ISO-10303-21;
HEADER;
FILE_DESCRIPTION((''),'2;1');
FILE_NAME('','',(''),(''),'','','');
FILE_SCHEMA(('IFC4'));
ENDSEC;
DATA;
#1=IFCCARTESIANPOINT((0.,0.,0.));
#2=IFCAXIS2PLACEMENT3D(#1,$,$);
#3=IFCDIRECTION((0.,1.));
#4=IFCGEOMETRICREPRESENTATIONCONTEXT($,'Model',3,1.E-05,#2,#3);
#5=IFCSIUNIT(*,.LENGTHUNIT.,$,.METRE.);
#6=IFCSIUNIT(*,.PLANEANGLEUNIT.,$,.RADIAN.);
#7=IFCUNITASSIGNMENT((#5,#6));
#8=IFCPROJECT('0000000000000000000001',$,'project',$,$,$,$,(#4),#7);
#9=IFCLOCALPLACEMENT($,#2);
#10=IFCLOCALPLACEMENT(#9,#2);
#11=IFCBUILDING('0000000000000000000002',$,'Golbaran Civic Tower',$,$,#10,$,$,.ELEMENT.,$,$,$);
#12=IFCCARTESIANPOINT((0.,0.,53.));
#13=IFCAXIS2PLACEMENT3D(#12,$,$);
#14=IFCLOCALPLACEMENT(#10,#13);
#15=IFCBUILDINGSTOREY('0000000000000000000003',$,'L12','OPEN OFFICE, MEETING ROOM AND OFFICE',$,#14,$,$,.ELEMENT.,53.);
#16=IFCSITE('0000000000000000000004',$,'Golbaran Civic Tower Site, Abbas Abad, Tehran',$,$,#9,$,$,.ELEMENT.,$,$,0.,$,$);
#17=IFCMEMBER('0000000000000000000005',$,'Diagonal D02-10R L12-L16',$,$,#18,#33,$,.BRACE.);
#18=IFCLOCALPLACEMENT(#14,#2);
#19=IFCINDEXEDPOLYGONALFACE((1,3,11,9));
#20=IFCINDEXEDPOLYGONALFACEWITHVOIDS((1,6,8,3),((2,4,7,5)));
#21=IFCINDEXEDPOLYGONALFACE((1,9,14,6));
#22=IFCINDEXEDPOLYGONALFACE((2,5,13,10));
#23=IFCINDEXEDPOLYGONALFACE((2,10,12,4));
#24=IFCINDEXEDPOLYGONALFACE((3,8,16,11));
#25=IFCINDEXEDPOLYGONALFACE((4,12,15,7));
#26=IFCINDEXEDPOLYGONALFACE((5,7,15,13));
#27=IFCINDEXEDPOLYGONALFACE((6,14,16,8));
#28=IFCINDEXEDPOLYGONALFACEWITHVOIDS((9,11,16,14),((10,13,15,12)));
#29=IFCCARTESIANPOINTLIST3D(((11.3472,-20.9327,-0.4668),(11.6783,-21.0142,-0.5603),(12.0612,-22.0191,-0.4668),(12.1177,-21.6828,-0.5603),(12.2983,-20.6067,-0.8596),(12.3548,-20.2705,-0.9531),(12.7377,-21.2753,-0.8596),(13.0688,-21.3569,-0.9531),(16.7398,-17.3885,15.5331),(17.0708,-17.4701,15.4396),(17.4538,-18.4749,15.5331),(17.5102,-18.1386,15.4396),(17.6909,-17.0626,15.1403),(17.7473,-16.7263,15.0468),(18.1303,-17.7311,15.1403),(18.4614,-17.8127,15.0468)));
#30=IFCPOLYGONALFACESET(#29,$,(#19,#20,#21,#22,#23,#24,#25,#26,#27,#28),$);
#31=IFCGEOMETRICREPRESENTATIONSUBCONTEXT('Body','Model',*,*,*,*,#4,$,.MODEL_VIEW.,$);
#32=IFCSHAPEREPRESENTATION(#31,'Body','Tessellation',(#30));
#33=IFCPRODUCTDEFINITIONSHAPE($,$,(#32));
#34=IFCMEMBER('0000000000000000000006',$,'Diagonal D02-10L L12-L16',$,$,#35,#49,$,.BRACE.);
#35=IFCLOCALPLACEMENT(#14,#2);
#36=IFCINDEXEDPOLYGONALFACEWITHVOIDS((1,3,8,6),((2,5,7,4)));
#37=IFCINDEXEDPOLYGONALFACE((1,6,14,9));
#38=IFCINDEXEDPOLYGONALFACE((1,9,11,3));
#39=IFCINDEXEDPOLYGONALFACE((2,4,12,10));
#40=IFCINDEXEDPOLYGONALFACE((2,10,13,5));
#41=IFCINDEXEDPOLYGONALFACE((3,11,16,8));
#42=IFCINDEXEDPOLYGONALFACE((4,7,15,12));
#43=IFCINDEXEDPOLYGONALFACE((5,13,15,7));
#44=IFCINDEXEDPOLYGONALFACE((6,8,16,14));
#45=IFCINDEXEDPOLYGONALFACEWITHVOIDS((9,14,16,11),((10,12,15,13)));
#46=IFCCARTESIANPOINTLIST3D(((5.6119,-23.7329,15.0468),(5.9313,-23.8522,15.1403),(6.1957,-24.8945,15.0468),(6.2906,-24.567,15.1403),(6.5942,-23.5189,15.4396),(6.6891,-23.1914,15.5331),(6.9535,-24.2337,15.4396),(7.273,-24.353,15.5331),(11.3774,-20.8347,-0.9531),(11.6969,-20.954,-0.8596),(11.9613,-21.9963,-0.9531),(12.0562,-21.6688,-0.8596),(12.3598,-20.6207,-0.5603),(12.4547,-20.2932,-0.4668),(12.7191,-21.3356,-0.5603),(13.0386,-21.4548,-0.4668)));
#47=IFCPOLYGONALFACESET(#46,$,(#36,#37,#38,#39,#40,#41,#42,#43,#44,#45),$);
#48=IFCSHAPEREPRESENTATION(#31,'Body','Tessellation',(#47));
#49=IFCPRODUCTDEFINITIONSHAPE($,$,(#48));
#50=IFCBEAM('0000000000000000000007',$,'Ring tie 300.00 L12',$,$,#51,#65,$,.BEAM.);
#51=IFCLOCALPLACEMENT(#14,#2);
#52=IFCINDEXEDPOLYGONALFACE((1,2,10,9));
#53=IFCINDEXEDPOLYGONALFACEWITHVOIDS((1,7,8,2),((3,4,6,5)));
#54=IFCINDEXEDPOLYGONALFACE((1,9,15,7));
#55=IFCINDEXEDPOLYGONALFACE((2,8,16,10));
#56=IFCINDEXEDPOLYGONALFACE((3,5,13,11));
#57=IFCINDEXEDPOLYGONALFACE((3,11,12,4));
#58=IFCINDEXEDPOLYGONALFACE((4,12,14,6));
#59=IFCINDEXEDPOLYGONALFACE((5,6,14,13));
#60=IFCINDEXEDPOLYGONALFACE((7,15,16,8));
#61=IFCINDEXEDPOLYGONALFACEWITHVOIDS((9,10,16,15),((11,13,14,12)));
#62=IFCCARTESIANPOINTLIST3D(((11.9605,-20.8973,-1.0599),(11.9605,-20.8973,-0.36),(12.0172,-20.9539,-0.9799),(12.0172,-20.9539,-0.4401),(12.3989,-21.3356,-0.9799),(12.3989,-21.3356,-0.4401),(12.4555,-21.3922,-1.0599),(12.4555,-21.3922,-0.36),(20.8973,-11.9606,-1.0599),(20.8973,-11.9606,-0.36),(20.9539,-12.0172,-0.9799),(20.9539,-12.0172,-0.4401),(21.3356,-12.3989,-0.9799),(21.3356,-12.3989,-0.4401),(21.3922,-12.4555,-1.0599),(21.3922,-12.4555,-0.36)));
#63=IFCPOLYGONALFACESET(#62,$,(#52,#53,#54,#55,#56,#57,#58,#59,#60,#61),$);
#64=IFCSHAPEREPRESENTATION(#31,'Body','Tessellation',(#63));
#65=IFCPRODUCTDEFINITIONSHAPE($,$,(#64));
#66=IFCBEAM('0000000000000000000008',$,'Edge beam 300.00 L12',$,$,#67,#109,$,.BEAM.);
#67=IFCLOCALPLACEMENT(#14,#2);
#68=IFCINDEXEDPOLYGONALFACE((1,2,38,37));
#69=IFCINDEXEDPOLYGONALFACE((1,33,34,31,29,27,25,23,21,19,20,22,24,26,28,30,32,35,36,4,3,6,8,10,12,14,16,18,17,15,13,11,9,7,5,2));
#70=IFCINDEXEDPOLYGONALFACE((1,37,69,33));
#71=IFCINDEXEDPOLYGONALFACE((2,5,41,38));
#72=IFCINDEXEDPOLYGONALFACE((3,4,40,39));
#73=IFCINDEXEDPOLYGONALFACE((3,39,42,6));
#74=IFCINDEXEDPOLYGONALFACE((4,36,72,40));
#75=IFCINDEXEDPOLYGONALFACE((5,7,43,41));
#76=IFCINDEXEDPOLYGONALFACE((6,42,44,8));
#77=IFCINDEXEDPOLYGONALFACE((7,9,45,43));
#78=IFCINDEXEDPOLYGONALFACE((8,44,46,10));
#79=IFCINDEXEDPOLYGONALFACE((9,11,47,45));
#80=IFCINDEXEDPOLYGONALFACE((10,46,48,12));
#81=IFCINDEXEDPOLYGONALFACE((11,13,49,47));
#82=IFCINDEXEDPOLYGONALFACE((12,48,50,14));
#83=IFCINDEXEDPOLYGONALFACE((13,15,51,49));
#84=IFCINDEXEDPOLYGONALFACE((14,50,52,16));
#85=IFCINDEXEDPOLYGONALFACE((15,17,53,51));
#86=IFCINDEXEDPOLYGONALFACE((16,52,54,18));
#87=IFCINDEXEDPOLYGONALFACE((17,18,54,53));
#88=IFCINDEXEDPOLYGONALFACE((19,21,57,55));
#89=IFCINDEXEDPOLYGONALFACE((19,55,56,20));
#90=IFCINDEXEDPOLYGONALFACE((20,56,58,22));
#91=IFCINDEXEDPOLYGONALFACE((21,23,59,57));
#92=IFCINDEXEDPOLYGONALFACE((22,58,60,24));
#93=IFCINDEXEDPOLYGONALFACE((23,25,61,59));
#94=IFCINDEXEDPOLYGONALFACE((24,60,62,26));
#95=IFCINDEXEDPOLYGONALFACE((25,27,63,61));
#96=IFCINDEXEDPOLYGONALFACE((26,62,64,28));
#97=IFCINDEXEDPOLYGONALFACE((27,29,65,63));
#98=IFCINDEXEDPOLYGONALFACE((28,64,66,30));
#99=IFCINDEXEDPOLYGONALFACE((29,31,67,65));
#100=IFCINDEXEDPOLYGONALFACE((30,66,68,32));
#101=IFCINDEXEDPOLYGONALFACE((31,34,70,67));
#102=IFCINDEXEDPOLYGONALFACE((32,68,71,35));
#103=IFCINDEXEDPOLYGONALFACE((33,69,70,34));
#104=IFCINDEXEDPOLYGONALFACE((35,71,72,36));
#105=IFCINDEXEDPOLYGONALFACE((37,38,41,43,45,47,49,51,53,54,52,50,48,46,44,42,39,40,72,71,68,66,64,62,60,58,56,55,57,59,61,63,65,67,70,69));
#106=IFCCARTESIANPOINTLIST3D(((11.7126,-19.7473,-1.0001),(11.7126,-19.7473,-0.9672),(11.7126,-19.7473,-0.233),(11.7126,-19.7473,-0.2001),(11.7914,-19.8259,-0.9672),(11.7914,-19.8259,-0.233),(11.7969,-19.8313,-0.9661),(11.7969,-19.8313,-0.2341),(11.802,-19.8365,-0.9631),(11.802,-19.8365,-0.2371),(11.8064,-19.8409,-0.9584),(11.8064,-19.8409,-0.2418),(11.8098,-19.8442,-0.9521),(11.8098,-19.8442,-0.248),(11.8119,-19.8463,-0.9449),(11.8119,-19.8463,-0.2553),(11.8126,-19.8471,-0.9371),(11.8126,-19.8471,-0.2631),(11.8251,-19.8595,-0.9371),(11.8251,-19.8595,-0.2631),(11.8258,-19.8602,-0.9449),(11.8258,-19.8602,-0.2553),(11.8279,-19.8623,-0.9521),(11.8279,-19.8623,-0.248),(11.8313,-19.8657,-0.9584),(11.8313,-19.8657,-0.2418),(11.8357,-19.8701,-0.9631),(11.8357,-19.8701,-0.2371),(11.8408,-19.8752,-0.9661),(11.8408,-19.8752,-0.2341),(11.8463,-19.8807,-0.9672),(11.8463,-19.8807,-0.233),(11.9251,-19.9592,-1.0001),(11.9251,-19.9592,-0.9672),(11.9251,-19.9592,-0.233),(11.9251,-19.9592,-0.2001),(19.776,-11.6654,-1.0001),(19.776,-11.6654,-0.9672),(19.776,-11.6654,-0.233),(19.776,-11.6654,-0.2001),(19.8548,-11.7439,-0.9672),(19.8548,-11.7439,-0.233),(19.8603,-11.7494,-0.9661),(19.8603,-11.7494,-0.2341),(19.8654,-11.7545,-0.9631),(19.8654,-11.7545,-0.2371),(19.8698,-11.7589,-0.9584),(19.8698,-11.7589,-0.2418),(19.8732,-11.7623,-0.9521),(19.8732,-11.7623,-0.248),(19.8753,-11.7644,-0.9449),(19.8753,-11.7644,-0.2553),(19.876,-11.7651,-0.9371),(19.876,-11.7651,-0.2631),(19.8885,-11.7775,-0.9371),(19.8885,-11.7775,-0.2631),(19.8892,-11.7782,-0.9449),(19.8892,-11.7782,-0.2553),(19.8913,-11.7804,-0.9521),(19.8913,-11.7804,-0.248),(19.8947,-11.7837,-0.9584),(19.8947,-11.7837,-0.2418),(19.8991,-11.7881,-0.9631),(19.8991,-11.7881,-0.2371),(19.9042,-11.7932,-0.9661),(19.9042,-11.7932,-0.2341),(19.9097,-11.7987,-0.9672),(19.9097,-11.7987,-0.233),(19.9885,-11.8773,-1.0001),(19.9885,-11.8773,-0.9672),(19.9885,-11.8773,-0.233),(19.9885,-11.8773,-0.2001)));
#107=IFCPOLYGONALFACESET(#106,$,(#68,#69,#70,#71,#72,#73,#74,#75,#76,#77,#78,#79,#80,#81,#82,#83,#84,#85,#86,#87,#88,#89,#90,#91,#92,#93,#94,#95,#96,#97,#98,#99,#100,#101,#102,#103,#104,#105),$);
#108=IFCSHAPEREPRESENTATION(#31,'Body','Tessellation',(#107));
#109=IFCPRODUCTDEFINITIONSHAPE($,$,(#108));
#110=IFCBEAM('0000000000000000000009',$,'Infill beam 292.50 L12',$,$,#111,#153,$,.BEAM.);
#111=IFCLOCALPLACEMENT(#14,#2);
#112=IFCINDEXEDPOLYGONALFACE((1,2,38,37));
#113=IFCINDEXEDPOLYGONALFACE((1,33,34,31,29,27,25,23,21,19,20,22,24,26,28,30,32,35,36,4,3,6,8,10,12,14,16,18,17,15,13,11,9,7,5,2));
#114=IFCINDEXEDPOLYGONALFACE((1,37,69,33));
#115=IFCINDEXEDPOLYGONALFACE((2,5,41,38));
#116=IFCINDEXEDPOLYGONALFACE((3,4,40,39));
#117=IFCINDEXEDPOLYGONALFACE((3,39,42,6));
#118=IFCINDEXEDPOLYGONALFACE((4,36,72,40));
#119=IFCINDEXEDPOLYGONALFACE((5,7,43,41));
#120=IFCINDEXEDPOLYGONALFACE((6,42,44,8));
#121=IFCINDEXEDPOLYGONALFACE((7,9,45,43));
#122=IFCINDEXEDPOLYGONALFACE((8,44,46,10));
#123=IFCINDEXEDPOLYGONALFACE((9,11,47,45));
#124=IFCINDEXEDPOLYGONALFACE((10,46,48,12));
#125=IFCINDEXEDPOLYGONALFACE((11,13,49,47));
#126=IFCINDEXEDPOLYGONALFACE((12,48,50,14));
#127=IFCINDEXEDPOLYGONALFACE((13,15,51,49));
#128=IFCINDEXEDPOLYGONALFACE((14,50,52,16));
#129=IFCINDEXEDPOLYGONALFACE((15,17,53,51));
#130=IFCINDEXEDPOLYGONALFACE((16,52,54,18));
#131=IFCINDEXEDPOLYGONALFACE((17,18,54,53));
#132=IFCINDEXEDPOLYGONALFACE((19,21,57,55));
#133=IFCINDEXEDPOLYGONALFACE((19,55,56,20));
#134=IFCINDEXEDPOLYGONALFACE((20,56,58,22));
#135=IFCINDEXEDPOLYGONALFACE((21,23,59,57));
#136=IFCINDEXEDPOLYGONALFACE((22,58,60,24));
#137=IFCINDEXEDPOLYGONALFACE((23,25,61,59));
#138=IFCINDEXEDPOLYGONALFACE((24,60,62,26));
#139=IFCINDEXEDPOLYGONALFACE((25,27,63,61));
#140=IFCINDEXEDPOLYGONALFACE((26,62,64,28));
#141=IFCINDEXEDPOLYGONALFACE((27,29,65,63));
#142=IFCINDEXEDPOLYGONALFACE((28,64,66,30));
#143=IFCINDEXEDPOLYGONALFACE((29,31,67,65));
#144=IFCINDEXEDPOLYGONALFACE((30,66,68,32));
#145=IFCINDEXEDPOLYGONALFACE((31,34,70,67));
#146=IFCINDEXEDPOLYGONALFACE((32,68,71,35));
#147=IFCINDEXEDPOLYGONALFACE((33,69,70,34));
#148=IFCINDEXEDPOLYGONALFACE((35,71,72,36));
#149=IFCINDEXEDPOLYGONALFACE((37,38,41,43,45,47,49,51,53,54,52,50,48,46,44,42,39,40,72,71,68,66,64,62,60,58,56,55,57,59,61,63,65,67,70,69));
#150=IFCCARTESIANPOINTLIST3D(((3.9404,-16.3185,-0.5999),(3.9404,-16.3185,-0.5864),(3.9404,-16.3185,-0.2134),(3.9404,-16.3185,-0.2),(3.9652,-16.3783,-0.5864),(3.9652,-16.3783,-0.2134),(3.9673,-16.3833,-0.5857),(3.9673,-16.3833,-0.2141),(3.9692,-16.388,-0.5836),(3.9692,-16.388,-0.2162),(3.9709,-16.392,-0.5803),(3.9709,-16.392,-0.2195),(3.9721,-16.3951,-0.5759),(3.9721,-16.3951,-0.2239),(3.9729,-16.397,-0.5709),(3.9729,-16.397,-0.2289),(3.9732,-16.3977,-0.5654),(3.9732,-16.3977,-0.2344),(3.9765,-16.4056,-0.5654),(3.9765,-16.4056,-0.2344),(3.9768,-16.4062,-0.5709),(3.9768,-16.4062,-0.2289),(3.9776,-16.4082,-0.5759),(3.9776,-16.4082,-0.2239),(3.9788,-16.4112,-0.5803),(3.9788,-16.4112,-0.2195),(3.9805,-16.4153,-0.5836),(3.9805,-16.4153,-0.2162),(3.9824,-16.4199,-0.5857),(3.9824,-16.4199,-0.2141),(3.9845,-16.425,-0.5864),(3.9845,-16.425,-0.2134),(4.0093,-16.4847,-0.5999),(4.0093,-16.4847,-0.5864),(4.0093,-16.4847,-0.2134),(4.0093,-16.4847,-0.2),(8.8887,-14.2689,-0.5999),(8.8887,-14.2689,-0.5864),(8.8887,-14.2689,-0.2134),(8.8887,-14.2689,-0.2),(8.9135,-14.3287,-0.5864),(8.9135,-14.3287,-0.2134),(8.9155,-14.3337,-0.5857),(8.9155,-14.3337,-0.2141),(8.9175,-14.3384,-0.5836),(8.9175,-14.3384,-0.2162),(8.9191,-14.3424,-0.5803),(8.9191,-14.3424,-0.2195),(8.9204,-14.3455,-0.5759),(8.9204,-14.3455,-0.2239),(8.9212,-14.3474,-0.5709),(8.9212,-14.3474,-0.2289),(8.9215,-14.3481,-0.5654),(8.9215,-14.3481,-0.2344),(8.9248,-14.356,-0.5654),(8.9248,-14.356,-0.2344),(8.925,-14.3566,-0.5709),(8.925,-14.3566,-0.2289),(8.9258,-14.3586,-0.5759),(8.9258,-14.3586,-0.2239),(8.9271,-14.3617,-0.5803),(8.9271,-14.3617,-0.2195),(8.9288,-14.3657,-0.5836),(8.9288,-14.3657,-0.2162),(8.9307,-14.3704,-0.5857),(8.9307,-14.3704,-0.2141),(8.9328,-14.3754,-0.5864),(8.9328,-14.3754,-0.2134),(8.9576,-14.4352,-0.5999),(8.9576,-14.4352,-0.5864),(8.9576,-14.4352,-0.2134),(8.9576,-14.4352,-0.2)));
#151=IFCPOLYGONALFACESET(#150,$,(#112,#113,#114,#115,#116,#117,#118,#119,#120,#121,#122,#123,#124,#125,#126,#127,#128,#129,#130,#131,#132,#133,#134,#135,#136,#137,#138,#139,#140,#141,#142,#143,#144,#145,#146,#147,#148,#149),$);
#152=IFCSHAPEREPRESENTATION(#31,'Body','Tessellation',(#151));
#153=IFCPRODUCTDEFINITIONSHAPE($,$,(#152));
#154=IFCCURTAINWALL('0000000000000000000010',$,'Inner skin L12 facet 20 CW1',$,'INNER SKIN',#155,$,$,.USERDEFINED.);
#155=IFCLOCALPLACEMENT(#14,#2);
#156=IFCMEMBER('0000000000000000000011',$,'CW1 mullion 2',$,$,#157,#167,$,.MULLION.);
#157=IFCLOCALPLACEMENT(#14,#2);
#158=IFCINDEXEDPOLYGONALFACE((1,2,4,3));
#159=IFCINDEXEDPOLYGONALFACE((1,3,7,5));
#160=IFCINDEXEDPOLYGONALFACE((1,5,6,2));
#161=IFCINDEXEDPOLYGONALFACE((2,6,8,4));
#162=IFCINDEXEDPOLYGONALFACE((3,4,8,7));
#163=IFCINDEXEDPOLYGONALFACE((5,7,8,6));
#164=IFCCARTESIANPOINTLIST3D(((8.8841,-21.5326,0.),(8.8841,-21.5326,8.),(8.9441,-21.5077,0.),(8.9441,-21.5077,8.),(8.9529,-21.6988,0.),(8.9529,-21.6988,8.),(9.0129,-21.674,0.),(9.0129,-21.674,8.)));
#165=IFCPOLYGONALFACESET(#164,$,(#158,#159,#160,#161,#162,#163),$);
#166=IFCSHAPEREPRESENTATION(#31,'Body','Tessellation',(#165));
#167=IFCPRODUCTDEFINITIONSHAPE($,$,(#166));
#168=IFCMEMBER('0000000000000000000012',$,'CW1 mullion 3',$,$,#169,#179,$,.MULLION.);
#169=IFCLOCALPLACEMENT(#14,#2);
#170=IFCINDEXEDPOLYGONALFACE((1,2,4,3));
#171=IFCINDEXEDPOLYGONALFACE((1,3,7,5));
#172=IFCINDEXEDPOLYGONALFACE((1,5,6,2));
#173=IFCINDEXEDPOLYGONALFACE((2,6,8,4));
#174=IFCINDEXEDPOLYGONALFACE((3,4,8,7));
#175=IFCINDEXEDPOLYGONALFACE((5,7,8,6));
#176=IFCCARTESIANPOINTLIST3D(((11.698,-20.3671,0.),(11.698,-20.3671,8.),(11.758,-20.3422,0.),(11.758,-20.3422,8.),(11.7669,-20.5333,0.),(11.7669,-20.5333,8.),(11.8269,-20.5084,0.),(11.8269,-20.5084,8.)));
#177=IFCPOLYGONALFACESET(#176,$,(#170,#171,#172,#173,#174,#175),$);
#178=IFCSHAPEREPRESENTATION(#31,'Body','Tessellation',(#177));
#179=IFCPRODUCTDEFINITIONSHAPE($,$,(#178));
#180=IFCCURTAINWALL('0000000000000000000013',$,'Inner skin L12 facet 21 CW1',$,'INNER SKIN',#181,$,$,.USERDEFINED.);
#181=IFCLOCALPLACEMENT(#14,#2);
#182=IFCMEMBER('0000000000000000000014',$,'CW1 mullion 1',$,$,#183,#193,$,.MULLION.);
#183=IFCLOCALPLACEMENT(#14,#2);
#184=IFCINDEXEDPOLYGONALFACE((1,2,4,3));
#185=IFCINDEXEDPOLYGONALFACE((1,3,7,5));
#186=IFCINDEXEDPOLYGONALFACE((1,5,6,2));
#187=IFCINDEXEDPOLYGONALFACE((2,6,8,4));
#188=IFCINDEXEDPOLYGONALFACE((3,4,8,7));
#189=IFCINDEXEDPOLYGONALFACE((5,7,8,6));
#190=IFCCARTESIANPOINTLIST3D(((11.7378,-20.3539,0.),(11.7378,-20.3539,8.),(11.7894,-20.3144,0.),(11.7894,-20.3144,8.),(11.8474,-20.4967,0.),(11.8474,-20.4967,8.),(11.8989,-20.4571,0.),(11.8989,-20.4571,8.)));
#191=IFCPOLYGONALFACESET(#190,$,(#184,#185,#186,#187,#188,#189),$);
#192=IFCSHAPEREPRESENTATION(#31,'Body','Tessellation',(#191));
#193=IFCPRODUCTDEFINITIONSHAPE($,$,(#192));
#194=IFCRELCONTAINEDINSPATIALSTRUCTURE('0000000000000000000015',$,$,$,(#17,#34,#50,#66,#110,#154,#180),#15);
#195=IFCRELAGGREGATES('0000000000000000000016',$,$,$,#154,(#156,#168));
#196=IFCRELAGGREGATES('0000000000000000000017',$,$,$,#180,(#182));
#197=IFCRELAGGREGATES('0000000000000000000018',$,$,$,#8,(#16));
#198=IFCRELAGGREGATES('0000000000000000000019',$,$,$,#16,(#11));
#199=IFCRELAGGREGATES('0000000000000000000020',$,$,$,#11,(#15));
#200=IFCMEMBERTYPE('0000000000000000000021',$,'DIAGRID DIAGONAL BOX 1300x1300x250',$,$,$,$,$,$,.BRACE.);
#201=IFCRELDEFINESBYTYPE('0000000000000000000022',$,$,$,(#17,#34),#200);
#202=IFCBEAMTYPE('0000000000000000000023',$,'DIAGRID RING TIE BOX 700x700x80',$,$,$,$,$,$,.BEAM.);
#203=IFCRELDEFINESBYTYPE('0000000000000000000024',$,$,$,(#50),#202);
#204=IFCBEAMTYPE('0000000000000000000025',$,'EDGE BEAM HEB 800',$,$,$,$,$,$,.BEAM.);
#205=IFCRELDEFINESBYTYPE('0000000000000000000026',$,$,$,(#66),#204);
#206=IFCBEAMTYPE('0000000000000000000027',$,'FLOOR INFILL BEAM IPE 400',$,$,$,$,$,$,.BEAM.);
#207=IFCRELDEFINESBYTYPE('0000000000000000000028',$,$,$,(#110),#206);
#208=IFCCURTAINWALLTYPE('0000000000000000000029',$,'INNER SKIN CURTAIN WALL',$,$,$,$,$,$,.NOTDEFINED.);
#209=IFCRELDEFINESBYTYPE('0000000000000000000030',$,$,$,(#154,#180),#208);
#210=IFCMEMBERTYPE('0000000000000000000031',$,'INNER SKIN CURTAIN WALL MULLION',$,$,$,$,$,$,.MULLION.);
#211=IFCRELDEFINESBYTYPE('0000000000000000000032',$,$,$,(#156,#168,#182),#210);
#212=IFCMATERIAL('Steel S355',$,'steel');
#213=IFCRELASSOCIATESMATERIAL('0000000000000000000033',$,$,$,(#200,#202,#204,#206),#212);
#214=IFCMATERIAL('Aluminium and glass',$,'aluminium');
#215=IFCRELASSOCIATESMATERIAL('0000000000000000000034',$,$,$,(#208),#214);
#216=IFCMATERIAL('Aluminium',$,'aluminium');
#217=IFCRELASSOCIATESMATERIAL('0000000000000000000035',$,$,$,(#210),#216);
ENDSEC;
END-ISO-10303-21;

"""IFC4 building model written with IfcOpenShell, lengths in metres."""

from ifc_helpers import new_model, si_unit, direction, frame, origin, origin_2d, place, context, subcontext, project, spatial, rectangle, hollow_rectangle, i_section, extrude, material, material_profile, profile_set, type_object, element, aggregate, save


model = new_model("IFC4")

# Units and contexts
model_context = context("Model", 3, precision=1e-05, world=origin(), true_north=direction((0.0, 1.0)))
body_context = subcontext(model_context, "Body", "Model", "MODEL_VIEW")
ifc_project = project(units=[si_unit("LENGTHUNIT", "METRE"), si_unit("PLANEANGLEUNIT", "RADIAN")], contexts=[model_context])

# Site, building, storey
site_placement = place(None, origin())
site = spatial("IfcSite", under=ifc_project, at=site_placement, Name="Golbaran Civic Tower Site, Abbas Abad, Tehran", CompositionType="ELEMENT", RefElevation=0.0)
building_placement = place(site_placement, origin())
building = spatial("IfcBuilding", under=site, at=building_placement, Name="Golbaran Civic Tower", CompositionType="ELEMENT")
storey_placement = place(building_placement, frame((0.0, 0.0, 53.0)))
storey = spatial("IfcBuildingStorey", under=building, at=storey_placement, Name="L12", Description="OPEN OFFICE, MEETING ROOM AND OFFICE", CompositionType="ELEMENT", Elevation=53.0)

# Members
ifc_material_1 = material(Name="Steel S355", Category="steel")
ifc_material_profile_1 = material_profile(ifc_material_1, hollow_rectangle(XDim=1.3, YDim=1.3, WallThickness=0.25, at=origin_2d()), Name="BOX 1300x1300x250")
ifc_profile_set_1 = profile_set([ifc_material_profile_1], Name="Steel S355")
member_type_1 = type_object("IfcMemberType", Name="DIAGRID DIAGONAL BOX 1300x1300x250", PredefinedType="BRACE", material=ifc_profile_set_1)
for number, where, z_axis, x_axis, name in (
    (1, (12.208, -21.1448, -0.71), (0.312572, 0.205433, 0.927414), (-0.549231, 0.83567, 0.0), "Diagonal D02-10R L12-L16"),
    (2, (12.208, -21.1448, -0.71), (-0.334195, -0.167989, 0.927412), (0.449119, -0.893472, 0.0), "Diagonal D02-10L L12-L16"),
):
    element("IfcMember", number, at=place(storey_placement, frame(where, z_axis=z_axis, x_axis=x_axis)), inside=storey, type_object=member_type_1, Name=name, PredefinedType="BRACE", context=body_context, shape_type="SweptSolid", body=[
        extrude(hollow_rectangle(XDim=1.3, YDim=1.3, WallThickness=0.25, at=origin_2d()), origin(), (0.0, 0.0, 1.0), 17.2522),
    ])

# Beams
ifc_material_profile_2 = material_profile(ifc_material_1, hollow_rectangle(XDim=0.7, YDim=0.7, WallThickness=0.0801, at=origin_2d()), Name="BOX 700x700x80")
ifc_profile_set_2 = profile_set([ifc_material_profile_2], Name="Steel S355")
beam_type_1 = type_object("IfcBeamType", Name="DIAGRID RING TIE BOX 700x700x80", PredefinedType="BEAM", material=ifc_profile_set_2)
beam_1_placement = place(storey_placement, frame((12.208, -21.1448, -0.71), z_axis=(0.707107, 0.707107, 0.0), x_axis=(-0.707107, 0.707107, 0.0)))
element("IfcBeam", 3, at=beam_1_placement, inside=storey, type_object=beam_type_1, Name="Ring tie 300.00 L12", PredefinedType="BEAM", context=body_context, shape_type="SweptSolid", body=[
    extrude(hollow_rectangle(XDim=0.7, YDim=0.7, WallThickness=0.0801, at=origin_2d()), origin(), (0.0, 0.0, 1.0), 12.6384),
])
ifc_material_profile_3 = material_profile(ifc_material_1, i_section(OverallWidth=0.3, OverallDepth=0.8, WebThickness=0.0176, FlangeThickness=0.033, FilletRadius=0.03, at=origin_2d()), Name="HEB 800")
ifc_profile_set_3 = profile_set([ifc_material_profile_3], Name="Steel S355")
beam_type_2 = type_object("IfcBeamType", Name="EDGE BEAM HEB 800", PredefinedType="BEAM", material=ifc_profile_set_3)
beam_2_placement = place(storey_placement, frame((11.8188, -19.8533, -0.6001), z_axis=(0.706294, 0.707919, 0.0), x_axis=(-0.707919, 0.706294, 0.0)))
element("IfcBeam", 4, at=beam_2_placement, inside=storey, type_object=beam_type_2, Name="Edge beam 300.00 L12", PredefinedType="BEAM", context=body_context, shape_type="SweptSolid", body=[
    extrude(i_section(OverallWidth=0.3, OverallDepth=0.8, WebThickness=0.0176, FlangeThickness=0.033, FilletRadius=0.03, at=origin_2d()), origin(), (0.0, 0.0, 1.0), 11.4165),
])
ifc_material_profile_4 = material_profile(ifc_material_1, i_section(OverallWidth=0.1799, OverallDepth=0.3999, WebThickness=0.0085, FlangeThickness=0.0134, FilletRadius=0.021, at=origin_2d()), Name="IPE 400")
ifc_profile_set_4 = profile_set([ifc_material_profile_4], Name="Steel S355")
beam_type_3 = type_object("IfcBeamType", Name="FLOOR INFILL BEAM IPE 400", PredefinedType="BEAM", material=ifc_profile_set_4)
beam_3_placement = place(storey_placement, frame((3.9749, -16.4016, -0.3999), z_axis=(0.923884, 0.382673, 0.0), x_axis=(-0.382673, 0.923884, 0.0)))
element("IfcBeam", 5, at=beam_3_placement, inside=storey, type_object=beam_type_3, Name="Infill beam 292.50 L12", PredefinedType="BEAM", context=body_context, shape_type="SweptSolid", body=[
    extrude(i_section(OverallWidth=0.1799, OverallDepth=0.3999, WebThickness=0.0085, FlangeThickness=0.0134, FilletRadius=0.021, at=origin_2d()), origin(), (0.0, 0.0, 1.0), 5.356),
])

# Curtain walls, members
ifc_material_2 = material(Name="Aluminium and glass", Category="aluminium")
curtain_wall_type = type_object("IfcCurtainWallType", Name="INNER SKIN CURTAIN WALL", PredefinedType="NOTDEFINED", material=ifc_material_2)
curtain_wall_1_placement = place(storey_placement, origin())
curtain_wall_1 = element("IfcCurtainWall", 6, at=curtain_wall_1_placement, inside=storey, type_object=curtain_wall_type, Name="Inner skin L12 facet 20 CW1", ObjectType="INNER SKIN", PredefinedType="USERDEFINED")
ifc_material_3 = material(Name="Aluminium", Category="aluminium")
ifc_material_profile_5 = material_profile(ifc_material_3, rectangle(XDim=0.1799, YDim=0.0649, at=origin_2d()), Name="INNER SKIN CURTAIN WALL MULLION")
ifc_profile_set_5 = profile_set([ifc_material_profile_5], Name="Aluminium")
member_type_2 = type_object("IfcMemberType", Name="INNER SKIN CURTAIN WALL MULLION", PredefinedType="MULLION", material=ifc_profile_set_5)
member_1_placement = place(storey_placement, frame((8.9485, -21.6033, 0.0), z_axis=(0.0, 0.0, 1.0), x_axis=(-0.382683, 0.92388, 0.0)))
member_1 = element("IfcMember", 7, at=member_1_placement, type_object=member_type_2, Name="CW1 mullion 2", PredefinedType="MULLION", context=body_context, shape_type="SweptSolid", body=[
    extrude(rectangle(XDim=0.1799, YDim=0.0649, at=origin_2d()), origin(), (0.0, 0.0, 1.0), 8.0),
])
member_2_placement = place(storey_placement, frame((11.7625, -20.4377, 0.0), z_axis=(0.0, 0.0, 1.0), x_axis=(-0.382683, 0.92388, 0.0)))
member_2 = element("IfcMember", 8, at=member_2_placement, type_object=member_type_2, Name="CW1 mullion 3", PredefinedType="MULLION", context=body_context, shape_type="SweptSolid", body=[
    extrude(rectangle(XDim=0.1799, YDim=0.0649, at=origin_2d()), origin(), (0.0, 0.0, 1.0), 8.0),
])
curtain_wall_2_placement = place(storey_placement, origin())
curtain_wall_2 = element("IfcCurtainWall", 9, at=curtain_wall_2_placement, inside=storey, type_object=curtain_wall_type, Name="Inner skin L12 facet 21 CW1", ObjectType="INNER SKIN", PredefinedType="USERDEFINED")
member_3_placement = place(storey_placement, frame((11.8184, -20.4055, 0.0), z_axis=(0.0, 0.0, 1.0), x_axis=(-0.608761, 0.793353, 0.0)))
member_3 = element("IfcMember", 10, at=member_3_placement, type_object=member_type_2, Name="CW1 mullion 1", PredefinedType="MULLION", context=body_context, shape_type="SweptSolid", body=[
    extrude(rectangle(XDim=0.1799, YDim=0.0649, at=origin_2d()), origin(), (0.0, 0.0, 1.0), 8.0),
])

aggregate(curtain_wall_1, [member_1, member_2])
aggregate(curtain_wall_2, [member_3])

save(model, "model.ifc")
